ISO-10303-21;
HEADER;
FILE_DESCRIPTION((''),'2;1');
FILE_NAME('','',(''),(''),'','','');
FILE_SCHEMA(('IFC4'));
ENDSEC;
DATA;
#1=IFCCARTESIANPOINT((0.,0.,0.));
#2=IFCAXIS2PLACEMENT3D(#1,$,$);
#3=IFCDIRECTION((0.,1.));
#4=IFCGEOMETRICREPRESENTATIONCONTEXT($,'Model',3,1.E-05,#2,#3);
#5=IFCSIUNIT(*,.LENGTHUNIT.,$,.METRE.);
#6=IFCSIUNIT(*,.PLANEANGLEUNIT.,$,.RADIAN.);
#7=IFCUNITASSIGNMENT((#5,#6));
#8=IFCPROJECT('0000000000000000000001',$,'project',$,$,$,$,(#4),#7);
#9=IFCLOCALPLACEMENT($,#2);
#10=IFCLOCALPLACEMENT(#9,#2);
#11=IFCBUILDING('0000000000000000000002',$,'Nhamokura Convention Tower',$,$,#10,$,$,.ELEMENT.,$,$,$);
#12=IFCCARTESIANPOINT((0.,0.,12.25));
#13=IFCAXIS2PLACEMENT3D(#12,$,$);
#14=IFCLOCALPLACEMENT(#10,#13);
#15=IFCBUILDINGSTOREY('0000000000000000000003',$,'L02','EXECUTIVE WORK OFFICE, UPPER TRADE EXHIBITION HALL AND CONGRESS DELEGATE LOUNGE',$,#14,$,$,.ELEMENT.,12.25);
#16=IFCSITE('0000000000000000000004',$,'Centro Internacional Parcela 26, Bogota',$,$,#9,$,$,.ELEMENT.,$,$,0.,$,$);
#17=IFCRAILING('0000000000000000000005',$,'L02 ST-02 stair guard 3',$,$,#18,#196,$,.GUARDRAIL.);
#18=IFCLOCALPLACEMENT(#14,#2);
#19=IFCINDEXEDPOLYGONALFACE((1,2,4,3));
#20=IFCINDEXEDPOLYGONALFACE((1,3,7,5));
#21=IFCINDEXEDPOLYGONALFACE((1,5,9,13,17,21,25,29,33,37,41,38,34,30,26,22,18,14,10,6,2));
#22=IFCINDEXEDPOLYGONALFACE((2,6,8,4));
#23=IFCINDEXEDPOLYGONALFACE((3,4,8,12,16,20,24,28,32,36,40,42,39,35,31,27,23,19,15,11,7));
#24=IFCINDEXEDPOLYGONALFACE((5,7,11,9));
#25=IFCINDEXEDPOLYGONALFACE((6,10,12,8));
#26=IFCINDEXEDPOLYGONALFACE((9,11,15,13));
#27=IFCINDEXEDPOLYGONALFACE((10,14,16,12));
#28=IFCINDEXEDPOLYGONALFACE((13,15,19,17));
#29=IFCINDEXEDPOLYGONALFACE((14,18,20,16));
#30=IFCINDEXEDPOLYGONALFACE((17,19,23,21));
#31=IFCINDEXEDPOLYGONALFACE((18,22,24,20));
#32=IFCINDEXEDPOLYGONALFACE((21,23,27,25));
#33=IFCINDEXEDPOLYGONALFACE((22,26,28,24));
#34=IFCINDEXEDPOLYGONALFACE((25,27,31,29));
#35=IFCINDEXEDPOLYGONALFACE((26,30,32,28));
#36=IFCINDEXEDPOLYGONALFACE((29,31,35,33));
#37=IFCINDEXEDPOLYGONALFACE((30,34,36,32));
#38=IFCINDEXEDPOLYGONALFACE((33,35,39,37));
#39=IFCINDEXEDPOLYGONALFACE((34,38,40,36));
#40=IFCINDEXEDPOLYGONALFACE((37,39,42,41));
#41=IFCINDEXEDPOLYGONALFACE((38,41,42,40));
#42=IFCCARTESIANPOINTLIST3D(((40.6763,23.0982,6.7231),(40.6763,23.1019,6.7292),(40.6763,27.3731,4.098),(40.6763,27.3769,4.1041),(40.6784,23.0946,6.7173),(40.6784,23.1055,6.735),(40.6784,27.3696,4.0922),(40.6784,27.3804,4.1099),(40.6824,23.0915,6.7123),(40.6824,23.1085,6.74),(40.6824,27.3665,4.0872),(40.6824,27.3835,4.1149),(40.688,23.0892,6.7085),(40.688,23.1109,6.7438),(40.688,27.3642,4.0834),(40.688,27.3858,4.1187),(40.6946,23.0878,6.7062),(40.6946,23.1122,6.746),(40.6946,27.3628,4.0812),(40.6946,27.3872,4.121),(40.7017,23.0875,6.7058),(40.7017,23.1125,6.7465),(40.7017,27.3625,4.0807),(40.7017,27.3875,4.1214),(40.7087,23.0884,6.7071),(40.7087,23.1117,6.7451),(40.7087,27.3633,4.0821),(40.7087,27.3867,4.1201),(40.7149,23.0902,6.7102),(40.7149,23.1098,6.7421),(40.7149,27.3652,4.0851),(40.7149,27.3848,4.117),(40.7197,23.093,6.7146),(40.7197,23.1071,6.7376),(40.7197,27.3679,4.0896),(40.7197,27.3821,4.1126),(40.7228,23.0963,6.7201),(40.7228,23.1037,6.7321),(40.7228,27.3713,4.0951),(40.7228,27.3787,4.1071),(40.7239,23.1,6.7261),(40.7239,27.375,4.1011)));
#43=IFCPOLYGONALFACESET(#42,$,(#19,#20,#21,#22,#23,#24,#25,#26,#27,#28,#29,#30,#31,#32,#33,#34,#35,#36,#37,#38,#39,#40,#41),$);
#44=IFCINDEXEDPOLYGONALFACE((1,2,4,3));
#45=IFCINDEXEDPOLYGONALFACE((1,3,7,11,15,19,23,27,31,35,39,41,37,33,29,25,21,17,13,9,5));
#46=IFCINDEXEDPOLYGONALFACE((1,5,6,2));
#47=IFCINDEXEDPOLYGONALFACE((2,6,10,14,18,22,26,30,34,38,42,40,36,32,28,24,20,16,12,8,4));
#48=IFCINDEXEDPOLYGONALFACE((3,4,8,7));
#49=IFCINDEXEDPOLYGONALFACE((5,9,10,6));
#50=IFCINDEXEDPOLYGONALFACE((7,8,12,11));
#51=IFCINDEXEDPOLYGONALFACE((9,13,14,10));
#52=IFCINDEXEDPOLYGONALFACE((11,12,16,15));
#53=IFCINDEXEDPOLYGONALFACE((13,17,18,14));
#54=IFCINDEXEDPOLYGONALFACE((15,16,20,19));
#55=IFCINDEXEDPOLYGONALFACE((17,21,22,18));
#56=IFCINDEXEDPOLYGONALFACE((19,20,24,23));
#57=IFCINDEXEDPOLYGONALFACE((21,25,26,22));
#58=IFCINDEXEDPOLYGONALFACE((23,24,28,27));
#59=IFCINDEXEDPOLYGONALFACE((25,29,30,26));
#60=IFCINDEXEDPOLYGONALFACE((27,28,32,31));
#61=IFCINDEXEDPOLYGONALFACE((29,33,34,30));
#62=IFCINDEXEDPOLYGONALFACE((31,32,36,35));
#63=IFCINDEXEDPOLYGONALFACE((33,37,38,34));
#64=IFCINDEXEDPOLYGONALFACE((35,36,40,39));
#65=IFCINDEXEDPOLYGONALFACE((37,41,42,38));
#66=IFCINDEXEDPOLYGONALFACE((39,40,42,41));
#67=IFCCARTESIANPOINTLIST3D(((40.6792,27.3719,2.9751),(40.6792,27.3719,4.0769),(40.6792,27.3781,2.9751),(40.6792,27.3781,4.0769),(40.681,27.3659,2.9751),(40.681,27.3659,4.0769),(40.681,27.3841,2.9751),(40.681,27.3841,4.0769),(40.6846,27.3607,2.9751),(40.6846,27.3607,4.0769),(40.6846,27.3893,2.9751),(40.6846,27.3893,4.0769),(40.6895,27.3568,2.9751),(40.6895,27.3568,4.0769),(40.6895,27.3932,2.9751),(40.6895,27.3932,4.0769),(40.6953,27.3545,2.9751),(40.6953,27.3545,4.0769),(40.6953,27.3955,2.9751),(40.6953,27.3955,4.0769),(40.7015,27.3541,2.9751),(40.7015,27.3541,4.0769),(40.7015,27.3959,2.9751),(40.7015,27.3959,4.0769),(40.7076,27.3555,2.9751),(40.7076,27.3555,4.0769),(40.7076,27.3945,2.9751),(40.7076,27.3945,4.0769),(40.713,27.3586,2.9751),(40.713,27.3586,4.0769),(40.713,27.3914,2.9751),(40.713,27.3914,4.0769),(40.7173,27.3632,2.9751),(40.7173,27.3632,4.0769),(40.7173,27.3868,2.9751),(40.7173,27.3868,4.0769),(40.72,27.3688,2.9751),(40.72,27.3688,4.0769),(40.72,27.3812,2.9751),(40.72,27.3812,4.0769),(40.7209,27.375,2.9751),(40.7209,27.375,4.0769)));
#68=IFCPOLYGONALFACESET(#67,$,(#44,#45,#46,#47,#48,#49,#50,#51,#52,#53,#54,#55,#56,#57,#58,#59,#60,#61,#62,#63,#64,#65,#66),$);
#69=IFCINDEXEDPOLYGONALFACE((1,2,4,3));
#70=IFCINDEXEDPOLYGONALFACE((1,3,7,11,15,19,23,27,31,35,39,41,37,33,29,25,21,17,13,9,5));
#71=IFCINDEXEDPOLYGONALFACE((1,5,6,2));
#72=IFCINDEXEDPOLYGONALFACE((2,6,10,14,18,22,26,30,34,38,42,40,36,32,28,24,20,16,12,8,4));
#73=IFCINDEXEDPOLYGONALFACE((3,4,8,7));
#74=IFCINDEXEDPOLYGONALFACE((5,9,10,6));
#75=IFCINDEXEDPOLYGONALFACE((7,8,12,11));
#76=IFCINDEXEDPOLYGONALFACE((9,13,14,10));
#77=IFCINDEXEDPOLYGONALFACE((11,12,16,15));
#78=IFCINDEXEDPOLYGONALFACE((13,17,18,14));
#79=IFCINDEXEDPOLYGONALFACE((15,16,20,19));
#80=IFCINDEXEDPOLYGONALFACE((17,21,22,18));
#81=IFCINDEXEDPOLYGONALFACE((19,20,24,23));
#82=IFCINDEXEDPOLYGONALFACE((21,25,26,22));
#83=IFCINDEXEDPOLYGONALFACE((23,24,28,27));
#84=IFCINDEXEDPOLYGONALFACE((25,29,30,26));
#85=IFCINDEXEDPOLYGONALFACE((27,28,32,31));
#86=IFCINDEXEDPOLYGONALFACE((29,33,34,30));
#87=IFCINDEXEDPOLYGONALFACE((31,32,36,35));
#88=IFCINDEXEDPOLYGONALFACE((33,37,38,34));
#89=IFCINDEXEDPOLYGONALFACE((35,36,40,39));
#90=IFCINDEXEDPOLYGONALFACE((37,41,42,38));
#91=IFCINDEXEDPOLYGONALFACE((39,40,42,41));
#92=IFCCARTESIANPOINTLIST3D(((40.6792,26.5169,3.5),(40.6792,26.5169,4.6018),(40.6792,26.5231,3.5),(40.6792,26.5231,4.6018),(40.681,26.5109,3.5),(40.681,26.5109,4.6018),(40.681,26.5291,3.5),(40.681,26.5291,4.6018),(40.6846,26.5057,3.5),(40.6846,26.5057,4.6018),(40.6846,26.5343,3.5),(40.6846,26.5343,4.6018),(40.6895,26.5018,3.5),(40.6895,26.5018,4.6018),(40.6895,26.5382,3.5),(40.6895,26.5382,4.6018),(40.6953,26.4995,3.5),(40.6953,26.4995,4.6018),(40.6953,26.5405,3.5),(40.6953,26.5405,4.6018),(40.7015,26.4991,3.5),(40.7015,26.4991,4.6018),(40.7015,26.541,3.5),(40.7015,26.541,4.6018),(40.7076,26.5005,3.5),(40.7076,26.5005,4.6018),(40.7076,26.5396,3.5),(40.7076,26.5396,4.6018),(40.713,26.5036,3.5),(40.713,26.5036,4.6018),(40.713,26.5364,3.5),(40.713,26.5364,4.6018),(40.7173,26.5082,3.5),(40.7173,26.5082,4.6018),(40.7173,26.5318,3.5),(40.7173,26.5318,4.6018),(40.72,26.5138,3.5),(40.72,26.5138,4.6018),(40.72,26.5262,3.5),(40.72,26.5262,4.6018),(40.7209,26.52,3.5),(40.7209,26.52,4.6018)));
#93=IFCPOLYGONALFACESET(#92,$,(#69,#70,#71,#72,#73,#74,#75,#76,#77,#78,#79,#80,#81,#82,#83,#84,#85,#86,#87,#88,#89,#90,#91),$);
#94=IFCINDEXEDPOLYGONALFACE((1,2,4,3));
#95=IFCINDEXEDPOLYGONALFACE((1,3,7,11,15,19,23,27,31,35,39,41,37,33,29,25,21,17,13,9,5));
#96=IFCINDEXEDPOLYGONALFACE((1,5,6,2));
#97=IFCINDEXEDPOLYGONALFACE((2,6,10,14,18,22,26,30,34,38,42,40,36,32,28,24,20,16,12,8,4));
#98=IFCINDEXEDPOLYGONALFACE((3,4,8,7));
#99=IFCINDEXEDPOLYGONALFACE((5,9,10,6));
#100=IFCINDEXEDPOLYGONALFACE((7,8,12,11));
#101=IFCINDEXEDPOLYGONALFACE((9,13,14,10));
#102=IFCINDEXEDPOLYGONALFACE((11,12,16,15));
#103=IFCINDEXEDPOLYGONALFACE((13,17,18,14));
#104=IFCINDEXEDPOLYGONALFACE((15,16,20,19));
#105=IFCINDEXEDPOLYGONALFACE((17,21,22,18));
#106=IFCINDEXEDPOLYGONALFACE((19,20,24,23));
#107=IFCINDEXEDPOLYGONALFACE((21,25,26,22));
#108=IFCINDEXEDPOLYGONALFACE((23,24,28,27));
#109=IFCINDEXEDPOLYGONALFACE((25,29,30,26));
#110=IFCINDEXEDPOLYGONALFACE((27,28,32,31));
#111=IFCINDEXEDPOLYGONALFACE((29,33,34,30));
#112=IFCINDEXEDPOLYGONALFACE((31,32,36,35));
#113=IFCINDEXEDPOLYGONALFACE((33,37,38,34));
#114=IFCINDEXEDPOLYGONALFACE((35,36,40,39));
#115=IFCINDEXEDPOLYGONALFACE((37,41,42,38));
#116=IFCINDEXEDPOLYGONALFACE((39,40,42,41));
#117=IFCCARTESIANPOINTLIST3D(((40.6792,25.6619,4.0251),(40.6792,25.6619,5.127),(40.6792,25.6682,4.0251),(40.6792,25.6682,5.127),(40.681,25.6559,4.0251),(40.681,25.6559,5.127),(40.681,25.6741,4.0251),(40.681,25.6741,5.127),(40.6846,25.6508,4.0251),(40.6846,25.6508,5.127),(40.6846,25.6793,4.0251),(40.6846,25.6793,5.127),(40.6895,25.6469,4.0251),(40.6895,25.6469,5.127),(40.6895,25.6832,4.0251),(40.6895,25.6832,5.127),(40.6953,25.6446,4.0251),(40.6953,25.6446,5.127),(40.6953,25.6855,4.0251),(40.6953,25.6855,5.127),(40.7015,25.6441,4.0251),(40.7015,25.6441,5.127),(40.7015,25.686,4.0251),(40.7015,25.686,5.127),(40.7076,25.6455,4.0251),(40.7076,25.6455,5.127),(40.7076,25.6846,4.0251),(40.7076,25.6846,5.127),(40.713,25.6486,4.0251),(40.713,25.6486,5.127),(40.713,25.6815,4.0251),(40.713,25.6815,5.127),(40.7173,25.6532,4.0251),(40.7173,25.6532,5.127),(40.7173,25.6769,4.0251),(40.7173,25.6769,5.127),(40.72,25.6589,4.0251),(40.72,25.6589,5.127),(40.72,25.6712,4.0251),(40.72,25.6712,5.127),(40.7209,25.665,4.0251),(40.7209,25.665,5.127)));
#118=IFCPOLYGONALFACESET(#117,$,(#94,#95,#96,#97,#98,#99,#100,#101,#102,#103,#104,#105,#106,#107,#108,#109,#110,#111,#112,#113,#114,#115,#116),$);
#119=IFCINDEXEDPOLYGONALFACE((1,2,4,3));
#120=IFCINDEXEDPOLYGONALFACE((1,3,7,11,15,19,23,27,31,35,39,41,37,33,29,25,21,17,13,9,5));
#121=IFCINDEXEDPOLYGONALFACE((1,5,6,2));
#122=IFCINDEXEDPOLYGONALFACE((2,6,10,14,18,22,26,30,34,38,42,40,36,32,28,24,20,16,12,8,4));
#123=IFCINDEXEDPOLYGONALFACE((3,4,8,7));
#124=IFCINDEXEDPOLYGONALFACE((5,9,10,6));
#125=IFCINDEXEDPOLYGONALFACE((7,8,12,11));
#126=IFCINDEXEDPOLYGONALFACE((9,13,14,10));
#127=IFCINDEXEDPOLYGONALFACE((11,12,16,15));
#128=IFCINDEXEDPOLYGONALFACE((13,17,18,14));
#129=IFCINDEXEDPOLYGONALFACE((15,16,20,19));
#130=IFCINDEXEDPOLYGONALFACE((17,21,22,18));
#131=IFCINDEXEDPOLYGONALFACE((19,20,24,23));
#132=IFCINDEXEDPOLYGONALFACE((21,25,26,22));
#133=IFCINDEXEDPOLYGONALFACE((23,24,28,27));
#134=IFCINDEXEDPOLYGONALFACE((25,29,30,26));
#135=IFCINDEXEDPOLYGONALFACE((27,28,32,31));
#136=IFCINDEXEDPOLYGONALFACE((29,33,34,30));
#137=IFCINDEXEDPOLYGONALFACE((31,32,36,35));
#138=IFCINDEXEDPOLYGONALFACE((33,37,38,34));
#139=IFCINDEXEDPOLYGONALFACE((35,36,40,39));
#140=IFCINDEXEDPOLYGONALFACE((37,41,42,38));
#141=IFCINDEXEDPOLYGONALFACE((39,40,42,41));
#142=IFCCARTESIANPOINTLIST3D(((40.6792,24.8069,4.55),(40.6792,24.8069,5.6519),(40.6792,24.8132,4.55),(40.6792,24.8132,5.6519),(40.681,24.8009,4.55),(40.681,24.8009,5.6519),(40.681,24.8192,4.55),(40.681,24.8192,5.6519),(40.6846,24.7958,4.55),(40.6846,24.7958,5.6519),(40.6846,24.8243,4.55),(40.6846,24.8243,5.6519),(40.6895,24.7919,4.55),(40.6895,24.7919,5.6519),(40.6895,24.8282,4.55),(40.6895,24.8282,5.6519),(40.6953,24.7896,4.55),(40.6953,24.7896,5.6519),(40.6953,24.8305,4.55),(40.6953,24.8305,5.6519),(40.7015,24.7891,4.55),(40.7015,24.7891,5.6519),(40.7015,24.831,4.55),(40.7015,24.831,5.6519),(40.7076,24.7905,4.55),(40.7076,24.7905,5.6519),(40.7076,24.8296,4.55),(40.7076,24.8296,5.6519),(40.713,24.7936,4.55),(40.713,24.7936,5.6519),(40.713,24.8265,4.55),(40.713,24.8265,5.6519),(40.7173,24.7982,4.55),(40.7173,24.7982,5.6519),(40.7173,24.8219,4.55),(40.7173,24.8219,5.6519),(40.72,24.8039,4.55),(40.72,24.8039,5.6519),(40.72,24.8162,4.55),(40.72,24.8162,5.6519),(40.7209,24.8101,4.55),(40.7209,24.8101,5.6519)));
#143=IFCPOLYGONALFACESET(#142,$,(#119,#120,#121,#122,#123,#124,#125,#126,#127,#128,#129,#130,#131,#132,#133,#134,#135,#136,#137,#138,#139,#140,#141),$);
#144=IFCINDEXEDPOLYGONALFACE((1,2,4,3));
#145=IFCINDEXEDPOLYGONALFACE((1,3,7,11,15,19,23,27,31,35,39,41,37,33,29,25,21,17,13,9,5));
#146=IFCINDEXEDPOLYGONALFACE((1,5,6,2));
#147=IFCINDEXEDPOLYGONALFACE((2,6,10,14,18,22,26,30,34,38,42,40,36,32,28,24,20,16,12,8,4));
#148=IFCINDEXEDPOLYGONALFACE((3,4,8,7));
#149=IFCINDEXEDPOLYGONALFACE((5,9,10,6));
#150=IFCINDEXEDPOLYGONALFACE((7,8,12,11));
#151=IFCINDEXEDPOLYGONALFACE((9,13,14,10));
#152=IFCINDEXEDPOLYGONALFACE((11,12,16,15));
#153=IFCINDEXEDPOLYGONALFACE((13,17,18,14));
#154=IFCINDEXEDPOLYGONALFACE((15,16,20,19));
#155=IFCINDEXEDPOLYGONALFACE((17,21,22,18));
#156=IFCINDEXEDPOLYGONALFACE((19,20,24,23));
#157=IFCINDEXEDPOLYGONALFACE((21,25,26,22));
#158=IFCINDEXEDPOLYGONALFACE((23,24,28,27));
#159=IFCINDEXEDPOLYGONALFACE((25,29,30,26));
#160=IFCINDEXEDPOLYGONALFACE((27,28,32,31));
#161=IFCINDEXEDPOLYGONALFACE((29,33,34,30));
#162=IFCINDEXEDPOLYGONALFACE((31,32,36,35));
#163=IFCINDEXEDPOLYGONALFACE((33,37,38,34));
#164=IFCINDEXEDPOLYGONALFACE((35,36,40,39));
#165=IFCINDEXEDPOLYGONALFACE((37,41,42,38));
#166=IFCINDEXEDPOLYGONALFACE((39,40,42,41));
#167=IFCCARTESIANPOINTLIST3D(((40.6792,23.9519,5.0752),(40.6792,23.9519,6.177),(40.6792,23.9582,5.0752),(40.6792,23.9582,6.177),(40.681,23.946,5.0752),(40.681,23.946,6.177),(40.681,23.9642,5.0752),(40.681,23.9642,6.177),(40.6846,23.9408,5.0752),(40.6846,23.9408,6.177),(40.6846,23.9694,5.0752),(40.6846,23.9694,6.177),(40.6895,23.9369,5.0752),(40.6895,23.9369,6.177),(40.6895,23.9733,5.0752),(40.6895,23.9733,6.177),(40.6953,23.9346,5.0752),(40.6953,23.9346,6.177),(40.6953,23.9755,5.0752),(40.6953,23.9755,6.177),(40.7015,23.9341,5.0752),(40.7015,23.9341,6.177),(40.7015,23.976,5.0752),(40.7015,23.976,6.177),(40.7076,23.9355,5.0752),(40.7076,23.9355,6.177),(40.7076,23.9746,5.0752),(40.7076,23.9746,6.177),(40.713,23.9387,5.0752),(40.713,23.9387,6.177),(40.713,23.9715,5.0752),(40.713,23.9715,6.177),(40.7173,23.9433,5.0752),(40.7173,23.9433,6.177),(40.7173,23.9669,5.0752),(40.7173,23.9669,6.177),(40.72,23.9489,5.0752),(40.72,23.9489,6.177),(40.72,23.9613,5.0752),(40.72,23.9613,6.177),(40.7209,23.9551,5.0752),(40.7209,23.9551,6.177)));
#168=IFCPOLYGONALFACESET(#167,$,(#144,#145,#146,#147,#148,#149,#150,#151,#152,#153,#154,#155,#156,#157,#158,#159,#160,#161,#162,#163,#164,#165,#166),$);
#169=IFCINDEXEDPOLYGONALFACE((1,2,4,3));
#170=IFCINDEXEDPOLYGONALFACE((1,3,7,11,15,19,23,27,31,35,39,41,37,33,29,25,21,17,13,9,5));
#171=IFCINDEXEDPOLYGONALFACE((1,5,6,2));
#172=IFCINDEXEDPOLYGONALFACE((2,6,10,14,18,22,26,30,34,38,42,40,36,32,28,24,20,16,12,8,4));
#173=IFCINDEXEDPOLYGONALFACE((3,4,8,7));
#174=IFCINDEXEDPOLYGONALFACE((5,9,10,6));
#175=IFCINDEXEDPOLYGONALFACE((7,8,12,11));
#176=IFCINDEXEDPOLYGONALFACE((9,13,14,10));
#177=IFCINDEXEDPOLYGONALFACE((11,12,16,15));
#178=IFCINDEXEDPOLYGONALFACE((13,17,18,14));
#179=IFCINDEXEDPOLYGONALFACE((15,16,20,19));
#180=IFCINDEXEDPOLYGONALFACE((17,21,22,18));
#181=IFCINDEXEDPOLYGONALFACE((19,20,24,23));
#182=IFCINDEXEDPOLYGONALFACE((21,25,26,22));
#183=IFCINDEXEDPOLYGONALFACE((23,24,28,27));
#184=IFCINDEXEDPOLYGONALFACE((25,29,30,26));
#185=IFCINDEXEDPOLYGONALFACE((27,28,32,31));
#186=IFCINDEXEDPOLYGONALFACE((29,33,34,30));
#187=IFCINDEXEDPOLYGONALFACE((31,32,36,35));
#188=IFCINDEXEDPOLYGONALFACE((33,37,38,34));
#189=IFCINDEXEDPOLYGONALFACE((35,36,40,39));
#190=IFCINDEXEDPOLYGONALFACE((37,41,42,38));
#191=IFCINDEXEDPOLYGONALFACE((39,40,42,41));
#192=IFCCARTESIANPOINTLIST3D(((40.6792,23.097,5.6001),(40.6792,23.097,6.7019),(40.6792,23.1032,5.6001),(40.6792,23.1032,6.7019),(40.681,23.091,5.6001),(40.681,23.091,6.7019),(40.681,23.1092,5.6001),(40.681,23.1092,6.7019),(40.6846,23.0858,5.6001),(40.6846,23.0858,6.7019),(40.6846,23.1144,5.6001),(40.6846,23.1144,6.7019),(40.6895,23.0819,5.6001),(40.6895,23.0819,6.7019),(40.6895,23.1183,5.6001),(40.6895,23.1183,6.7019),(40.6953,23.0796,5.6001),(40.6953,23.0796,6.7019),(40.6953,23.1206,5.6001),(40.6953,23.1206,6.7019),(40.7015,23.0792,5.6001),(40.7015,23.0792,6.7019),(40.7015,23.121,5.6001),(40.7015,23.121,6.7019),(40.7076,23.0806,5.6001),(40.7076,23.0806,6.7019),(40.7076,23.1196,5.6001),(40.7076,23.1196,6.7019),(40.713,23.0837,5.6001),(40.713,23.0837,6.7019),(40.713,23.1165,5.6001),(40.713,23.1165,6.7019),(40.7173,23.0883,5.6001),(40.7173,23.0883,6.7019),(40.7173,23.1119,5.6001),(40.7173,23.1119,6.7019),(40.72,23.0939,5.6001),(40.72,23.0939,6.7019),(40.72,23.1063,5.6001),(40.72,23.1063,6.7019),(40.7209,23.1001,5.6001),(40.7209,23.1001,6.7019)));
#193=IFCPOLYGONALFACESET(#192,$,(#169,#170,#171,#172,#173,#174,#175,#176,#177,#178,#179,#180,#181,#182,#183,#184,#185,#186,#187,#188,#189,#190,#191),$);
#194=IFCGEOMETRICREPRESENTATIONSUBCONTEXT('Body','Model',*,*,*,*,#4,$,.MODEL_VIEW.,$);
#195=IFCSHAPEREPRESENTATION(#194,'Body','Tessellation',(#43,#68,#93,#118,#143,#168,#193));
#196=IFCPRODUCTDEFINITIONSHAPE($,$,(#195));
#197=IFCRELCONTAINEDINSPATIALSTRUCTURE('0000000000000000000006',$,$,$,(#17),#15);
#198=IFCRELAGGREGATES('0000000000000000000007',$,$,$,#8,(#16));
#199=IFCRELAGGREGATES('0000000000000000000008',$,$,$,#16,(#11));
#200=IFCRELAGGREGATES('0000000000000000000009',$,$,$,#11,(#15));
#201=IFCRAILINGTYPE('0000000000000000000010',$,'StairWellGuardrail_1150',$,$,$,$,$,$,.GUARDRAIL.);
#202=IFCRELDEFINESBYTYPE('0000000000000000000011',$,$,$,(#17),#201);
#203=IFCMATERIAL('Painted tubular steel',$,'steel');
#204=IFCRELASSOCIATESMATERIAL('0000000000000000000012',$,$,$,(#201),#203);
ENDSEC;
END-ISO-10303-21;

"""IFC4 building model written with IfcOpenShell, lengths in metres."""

from ifc_helpers import new_model, si_unit, direction, frame, origin, origin_2d, place, context, subcontext, project, spatial, circle, extrude, material, type_object, element, save


model = new_model("IFC4")

# Units and contexts
model_context = context("Model", 3, precision=1e-05, world=origin(), true_north=direction((0.0, 1.0)))
body_context = subcontext(model_context, "Body", "Model", "MODEL_VIEW")
ifc_project = project(units=[si_unit("LENGTHUNIT", "METRE"), si_unit("PLANEANGLEUNIT", "RADIAN")], contexts=[model_context])

# Site, building, storey
site_placement = place(None, origin())
site = spatial("IfcSite", under=ifc_project, at=site_placement, Name="Centro Internacional Parcela 26, Bogota", CompositionType="ELEMENT", RefElevation=0.0)
building_placement = place(site_placement, origin())
building = spatial("IfcBuilding", under=site, at=building_placement, Name="Nhamokura Convention Tower", CompositionType="ELEMENT")
storey_placement = place(building_placement, frame((0.0, 0.0, 12.25)))
storey = spatial("IfcBuildingStorey", under=building, at=storey_placement, Name="L02", Description="EXECUTIVE WORK OFFICE, UPPER TRADE EXHIBITION HALL AND CONGRESS DELEGATE LOUNGE", CompositionType="ELEMENT", Elevation=12.25)

# Railing
ifc_material_1 = material(Name="Painted tubular steel", Category="steel")
railing_type_1 = type_object("IfcRailingType", Name="StairWellGuardrail_1150", PredefinedType="GUARDRAIL", material=ifc_material_1)
railing_1_placement = place(storey_placement, frame((40.7, 27.375, 2.9751)))
element("IfcRailing", 1, at=railing_1_placement, inside=storey, type_object=railing_type_1, Name="L02 ST-02 stair guard 3", PredefinedType="GUARDRAIL", context=body_context, shape_type="SweptSolid", body=[
    extrude(circle(Radius=0.0239, at=origin_2d()), frame((0.0, 0.0, 1.126), z_axis=(0.0, -0.852166, 0.523272), x_axis=(1.0, 0.0, 0.0)), (0.0, 0.0, 1.0), 5.0166),
    extrude(circle(Radius=0.021, at=origin_2d()), origin(), (0.0, 0.0, 1.0), 1.1018),
    extrude(circle(Radius=0.021, at=origin_2d()), frame((0.0, -0.855, 0.5249)), (0.0, 0.0, 1.0), 1.1018),
    extrude(circle(Radius=0.021, at=origin_2d()), frame((0.0, -1.71, 1.05)), (0.0, 0.0, 1.0), 1.1018),
    extrude(circle(Radius=0.021, at=origin_2d()), frame((0.0, -2.5649, 1.575)), (0.0, 0.0, 1.0), 1.1018),
    extrude(circle(Radius=0.021, at=origin_2d()), frame((0.0, -3.4199, 2.1001)), (0.0, 0.0, 1.0), 1.1018),
    extrude(circle(Radius=0.021, at=origin_2d()), frame((0.0, -4.2749, 2.625)), (0.0, 0.0, 1.0), 1.1018),
])

save(model, "model.ifc")
